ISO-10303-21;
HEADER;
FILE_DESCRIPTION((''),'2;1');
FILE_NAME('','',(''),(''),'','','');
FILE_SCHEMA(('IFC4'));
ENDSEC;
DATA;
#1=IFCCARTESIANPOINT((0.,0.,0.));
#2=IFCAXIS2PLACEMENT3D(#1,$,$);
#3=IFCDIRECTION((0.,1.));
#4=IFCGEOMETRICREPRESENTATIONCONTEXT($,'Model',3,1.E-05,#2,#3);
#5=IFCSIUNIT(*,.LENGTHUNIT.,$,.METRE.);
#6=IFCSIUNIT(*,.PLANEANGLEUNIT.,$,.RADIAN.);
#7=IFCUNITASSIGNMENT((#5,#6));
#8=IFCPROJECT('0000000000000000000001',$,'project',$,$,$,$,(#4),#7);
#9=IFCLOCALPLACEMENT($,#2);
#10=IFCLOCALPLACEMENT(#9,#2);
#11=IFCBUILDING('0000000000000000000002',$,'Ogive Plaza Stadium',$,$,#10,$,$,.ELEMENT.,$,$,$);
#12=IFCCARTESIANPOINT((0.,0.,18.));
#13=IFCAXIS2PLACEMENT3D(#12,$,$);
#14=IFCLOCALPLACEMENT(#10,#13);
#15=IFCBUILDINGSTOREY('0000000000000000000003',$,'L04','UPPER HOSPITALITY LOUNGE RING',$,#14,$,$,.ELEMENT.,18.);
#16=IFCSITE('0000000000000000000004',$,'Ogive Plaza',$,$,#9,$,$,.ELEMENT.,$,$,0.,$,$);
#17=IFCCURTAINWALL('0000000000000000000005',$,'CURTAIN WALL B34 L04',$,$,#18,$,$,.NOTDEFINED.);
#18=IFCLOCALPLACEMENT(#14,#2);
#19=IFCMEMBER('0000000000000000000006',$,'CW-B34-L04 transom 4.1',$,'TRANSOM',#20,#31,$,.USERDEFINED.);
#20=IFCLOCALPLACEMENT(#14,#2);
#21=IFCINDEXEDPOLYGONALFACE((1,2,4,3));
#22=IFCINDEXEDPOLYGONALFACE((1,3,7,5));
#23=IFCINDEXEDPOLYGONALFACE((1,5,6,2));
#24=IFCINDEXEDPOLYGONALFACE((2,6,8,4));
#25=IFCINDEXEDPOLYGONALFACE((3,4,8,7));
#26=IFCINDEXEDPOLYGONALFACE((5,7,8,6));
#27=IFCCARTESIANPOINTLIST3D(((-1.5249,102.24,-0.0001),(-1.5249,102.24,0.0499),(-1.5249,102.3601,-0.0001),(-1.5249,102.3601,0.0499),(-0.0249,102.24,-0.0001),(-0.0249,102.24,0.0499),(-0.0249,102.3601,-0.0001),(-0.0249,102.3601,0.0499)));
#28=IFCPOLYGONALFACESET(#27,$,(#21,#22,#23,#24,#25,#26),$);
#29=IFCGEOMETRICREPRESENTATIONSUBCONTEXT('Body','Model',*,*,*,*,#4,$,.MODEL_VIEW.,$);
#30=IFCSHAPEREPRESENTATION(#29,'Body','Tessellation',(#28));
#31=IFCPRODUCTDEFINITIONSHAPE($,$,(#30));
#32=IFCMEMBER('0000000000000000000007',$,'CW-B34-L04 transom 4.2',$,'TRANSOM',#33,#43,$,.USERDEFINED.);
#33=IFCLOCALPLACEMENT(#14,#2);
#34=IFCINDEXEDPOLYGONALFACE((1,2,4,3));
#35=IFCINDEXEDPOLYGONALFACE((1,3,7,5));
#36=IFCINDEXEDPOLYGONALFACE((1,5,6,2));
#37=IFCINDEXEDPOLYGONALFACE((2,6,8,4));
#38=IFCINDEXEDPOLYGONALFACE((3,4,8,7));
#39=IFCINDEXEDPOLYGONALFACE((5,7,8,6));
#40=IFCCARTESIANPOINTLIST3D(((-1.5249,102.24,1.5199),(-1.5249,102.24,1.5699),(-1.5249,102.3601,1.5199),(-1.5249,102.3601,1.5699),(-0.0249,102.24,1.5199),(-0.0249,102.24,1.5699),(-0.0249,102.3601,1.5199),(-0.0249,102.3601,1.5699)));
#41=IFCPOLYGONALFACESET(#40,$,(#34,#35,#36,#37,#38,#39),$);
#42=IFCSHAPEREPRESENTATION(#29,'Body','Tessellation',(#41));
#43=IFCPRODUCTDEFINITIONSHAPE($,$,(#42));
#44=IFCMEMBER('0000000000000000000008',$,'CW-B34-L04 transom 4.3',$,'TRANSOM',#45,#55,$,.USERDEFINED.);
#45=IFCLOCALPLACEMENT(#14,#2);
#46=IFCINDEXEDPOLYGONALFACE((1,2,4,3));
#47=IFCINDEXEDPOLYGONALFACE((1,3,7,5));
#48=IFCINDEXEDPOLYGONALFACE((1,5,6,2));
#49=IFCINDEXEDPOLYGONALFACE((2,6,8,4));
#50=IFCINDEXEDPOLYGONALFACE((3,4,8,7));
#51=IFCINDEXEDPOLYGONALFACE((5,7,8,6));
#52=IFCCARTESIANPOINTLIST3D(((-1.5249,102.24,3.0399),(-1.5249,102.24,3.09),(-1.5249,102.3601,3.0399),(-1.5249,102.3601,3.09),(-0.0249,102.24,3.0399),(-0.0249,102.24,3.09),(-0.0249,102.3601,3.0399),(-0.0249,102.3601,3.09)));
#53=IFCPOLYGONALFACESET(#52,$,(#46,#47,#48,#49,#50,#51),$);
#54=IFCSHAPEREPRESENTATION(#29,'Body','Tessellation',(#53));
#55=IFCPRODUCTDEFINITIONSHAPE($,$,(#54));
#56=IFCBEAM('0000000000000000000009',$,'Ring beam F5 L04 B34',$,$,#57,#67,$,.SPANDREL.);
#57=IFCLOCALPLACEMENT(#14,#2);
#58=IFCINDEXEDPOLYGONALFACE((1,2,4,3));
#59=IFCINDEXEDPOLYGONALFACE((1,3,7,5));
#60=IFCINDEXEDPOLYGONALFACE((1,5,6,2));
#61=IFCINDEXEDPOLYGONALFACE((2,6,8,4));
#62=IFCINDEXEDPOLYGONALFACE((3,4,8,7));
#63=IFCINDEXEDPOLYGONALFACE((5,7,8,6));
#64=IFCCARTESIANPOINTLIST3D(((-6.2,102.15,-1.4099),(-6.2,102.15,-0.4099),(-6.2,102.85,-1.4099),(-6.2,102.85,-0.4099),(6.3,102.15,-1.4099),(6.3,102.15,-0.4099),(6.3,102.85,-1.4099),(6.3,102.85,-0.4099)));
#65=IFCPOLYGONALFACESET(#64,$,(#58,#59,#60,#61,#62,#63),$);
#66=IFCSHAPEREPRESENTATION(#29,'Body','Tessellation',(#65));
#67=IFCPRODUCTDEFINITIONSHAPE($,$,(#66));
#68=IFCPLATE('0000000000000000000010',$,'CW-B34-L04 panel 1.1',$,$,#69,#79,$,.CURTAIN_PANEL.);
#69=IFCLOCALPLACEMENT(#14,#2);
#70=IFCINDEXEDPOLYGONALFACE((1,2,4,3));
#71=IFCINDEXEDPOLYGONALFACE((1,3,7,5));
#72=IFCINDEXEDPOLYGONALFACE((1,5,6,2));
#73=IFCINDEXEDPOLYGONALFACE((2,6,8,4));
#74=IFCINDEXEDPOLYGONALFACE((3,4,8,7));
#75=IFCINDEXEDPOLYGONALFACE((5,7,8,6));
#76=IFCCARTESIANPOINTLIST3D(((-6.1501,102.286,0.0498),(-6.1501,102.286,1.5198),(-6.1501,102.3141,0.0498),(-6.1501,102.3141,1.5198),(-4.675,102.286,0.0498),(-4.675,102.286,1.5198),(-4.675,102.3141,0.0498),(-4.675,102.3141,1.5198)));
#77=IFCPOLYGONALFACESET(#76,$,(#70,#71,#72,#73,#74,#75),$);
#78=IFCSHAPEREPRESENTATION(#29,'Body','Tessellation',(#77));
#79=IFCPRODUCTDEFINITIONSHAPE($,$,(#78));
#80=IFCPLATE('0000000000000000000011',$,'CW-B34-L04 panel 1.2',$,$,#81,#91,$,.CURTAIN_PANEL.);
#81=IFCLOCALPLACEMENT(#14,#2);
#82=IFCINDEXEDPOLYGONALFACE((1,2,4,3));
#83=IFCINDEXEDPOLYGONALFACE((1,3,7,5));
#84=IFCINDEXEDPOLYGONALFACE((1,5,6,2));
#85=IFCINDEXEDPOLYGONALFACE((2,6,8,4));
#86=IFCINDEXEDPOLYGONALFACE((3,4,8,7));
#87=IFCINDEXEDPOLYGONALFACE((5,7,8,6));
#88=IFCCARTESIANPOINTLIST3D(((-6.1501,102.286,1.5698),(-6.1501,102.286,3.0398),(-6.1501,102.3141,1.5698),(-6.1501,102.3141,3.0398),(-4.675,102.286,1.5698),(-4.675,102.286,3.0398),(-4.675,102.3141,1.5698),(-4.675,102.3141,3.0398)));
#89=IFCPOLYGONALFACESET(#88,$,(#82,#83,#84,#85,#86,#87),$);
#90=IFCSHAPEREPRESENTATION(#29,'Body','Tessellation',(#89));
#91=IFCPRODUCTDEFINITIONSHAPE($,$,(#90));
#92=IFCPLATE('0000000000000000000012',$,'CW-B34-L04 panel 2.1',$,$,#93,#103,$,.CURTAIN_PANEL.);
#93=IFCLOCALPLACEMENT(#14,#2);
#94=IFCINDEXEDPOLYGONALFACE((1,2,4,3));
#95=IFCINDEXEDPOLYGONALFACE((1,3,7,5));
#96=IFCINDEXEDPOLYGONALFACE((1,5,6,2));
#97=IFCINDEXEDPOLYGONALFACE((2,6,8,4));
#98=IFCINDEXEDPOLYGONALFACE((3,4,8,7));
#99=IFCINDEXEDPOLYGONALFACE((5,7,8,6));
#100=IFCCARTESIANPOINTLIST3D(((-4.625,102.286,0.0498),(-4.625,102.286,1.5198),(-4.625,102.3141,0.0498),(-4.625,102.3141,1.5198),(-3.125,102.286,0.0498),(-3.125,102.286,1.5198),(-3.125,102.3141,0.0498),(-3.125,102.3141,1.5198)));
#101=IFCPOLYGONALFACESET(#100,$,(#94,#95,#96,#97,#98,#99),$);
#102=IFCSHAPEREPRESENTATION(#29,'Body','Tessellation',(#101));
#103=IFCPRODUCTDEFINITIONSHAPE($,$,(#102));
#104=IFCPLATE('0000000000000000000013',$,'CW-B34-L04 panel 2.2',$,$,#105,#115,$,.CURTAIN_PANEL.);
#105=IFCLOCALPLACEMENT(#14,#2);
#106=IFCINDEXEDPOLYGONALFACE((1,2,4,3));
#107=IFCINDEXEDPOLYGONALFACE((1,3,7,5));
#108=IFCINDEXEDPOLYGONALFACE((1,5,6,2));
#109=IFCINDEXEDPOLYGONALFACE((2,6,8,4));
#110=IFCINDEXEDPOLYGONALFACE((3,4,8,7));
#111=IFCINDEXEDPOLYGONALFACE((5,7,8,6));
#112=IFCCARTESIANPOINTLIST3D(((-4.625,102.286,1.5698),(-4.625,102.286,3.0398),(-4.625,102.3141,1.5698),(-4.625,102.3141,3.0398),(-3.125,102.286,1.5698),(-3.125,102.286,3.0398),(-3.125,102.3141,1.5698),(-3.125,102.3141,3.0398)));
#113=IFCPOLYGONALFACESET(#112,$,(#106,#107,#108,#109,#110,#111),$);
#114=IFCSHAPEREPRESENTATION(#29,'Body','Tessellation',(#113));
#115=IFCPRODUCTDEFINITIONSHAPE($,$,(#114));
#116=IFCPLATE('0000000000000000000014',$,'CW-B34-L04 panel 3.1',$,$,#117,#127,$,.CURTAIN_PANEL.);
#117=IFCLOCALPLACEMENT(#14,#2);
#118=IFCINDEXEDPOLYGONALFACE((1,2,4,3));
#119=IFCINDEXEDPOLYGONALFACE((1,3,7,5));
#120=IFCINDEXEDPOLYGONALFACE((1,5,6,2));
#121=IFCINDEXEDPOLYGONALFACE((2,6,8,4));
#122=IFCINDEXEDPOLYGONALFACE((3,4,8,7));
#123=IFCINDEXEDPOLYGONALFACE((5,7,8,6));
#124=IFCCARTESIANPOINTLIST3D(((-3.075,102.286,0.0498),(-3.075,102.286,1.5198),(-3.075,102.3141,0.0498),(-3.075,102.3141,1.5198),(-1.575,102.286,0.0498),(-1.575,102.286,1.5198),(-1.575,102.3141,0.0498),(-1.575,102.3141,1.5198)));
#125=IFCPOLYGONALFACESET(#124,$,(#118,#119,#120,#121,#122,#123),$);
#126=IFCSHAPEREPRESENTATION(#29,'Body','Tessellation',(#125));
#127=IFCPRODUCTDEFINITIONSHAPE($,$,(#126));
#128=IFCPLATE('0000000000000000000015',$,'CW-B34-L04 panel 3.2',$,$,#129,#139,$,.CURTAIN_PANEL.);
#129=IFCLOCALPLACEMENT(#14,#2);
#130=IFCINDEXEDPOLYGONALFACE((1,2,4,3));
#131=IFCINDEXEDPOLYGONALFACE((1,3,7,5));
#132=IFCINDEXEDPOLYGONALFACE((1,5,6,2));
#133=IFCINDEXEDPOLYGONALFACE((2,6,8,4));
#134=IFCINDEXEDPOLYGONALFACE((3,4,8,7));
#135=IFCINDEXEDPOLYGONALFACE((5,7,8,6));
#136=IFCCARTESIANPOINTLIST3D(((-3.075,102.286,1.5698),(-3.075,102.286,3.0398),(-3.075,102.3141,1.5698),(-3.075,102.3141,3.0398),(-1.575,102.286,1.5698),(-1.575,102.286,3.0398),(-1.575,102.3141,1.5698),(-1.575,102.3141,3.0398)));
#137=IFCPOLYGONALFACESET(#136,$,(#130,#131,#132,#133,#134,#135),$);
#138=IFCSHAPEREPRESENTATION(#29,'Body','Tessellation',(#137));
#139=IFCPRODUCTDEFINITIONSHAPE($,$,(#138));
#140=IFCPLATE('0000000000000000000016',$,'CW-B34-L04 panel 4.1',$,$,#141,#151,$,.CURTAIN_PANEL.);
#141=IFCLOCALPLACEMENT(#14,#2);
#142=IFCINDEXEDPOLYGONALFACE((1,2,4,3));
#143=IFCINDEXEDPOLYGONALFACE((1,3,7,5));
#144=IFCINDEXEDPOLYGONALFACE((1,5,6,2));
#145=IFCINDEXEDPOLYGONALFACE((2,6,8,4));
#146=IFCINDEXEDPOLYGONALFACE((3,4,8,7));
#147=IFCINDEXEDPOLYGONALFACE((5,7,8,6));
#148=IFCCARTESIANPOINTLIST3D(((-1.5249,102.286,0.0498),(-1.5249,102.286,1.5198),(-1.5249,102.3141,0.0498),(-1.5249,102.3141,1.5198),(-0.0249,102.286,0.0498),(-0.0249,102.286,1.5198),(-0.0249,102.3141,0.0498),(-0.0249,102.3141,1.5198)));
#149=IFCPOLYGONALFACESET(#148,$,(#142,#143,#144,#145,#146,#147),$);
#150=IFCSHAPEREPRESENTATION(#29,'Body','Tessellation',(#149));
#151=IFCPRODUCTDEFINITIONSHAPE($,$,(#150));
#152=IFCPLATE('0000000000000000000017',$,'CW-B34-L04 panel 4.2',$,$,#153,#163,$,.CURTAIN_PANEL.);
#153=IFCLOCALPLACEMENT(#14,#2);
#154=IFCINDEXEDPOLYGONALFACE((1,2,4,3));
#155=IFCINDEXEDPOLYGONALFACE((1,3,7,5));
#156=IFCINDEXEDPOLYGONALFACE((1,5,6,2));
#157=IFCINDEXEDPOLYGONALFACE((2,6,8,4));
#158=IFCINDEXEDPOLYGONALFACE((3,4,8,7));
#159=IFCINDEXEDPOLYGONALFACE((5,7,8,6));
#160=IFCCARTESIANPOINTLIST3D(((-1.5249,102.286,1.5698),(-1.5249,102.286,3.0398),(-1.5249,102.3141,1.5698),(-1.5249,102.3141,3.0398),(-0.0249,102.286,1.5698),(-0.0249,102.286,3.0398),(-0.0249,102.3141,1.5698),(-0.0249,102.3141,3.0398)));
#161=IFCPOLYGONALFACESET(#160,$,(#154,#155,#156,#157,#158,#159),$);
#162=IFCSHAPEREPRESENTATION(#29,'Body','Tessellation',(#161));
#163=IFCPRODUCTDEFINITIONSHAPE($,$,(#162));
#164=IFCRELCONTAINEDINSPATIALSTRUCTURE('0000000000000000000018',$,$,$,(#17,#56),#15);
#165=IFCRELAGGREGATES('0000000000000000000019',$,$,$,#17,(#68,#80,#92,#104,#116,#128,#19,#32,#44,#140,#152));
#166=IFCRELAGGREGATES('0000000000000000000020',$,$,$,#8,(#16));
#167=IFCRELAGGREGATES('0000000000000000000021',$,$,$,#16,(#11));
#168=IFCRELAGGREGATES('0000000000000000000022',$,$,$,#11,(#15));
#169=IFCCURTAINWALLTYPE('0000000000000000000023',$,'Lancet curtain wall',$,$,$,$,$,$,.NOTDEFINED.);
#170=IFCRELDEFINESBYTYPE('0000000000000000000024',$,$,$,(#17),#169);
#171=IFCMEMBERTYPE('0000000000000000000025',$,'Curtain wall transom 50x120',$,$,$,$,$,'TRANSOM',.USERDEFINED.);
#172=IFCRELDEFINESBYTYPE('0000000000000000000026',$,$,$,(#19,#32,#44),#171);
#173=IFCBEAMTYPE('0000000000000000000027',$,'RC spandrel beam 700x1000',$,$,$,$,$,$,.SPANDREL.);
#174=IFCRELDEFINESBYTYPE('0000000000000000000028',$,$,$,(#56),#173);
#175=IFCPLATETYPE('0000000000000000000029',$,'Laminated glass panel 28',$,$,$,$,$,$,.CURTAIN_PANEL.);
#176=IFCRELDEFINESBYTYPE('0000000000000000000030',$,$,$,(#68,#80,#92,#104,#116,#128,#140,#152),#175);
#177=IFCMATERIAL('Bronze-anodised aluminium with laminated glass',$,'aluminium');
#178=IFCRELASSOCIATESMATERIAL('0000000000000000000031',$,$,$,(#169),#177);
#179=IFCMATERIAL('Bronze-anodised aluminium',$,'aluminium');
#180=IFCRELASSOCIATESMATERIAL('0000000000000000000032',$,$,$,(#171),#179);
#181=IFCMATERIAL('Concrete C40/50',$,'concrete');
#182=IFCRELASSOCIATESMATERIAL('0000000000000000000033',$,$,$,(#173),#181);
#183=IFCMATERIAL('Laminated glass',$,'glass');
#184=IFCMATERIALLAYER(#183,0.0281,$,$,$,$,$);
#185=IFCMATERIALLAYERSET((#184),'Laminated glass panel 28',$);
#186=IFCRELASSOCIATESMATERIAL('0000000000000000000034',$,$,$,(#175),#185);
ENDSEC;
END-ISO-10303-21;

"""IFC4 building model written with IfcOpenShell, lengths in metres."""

from ifc_helpers import new_model, si_unit, direction, frame, origin, origin_2d, place, context, subcontext, project, spatial, rectangle, extrude, material, layer, layer_set, material_profile, profile_set, type_object, element, aggregate, save


model = new_model("IFC4")

# Units and contexts
model_context = context("Model", 3, precision=1e-05, world=origin(), true_north=direction((0.0, 1.0)))
body_context = subcontext(model_context, "Body", "Model", "MODEL_VIEW")
ifc_project = project(units=[si_unit("LENGTHUNIT", "METRE"), si_unit("PLANEANGLEUNIT", "RADIAN")], contexts=[model_context])

# Site, building, storey
site_placement = place(None, origin())
site = spatial("IfcSite", under=ifc_project, at=site_placement, Name="Ogive Plaza", CompositionType="ELEMENT", RefElevation=0.0)
building_placement = place(site_placement, origin())
building = spatial("IfcBuilding", under=site, at=building_placement, Name="Ogive Plaza Stadium", CompositionType="ELEMENT")
storey_placement = place(building_placement, frame((0.0, 0.0, 18.0)))
storey = spatial("IfcBuildingStorey", under=building, at=storey_placement, Name="L04", Description="UPPER HOSPITALITY LOUNGE RING", CompositionType="ELEMENT", Elevation=18.0)

# Curtain wall, members
ifc_material_1 = material(Name="Bronze-anodised aluminium with laminated glass", Category="aluminium")
curtain_wall_type = type_object("IfcCurtainWallType", Name="Lancet curtain wall", PredefinedType="NOTDEFINED", material=ifc_material_1)
curtain_wall_placement = place(storey_placement, origin())
curtain_wall = element("IfcCurtainWall", 1, at=curtain_wall_placement, inside=storey, type_object=curtain_wall_type, Name="CURTAIN WALL B34 L04", PredefinedType="NOTDEFINED")
ifc_material_2 = material(Name="Bronze-anodised aluminium", Category="aluminium")
ifc_material_profile_1 = material_profile(ifc_material_2, rectangle(XDim=0.1201, YDim=0.05, at=origin_2d()), Name="AL 120x50")
ifc_profile_set_1 = profile_set([ifc_material_profile_1], Name="Bronze-anodised aluminium")
member_type_1 = type_object("IfcMemberType", Name="Curtain wall transom 50x120", ElementType="TRANSOM", PredefinedType="USERDEFINED", material=ifc_profile_set_1)
member_1_placement = place(storey_placement, frame((-1.5249, 102.3, 0.0249), z_axis=(1.0, 0.0, 0.0), x_axis=(0.0, 1.0, 0.0)))
member_1 = element("IfcMember", 2, at=member_1_placement, type_object=member_type_1, Name="CW-B34-L04 transom 4.1", ObjectType="TRANSOM", PredefinedType="USERDEFINED", context=body_context, shape_type="SweptSolid", body=[
    extrude(rectangle(XDim=0.1201, YDim=0.05, at=origin_2d()), origin(), (0.0, 0.0, 1.0), 1.5),
])
member_2_placement = place(storey_placement, frame((-1.5249, 102.3, 1.5449), z_axis=(1.0, 0.0, 0.0), x_axis=(0.0, 1.0, 0.0)))
member_2 = element("IfcMember", 3, at=member_2_placement, type_object=member_type_1, Name="CW-B34-L04 transom 4.2", ObjectType="TRANSOM", PredefinedType="USERDEFINED", context=body_context, shape_type="SweptSolid", body=[
    extrude(rectangle(XDim=0.1201, YDim=0.05, at=origin_2d()), origin(), (0.0, 0.0, 1.0), 1.5),
])
member_3_placement = place(storey_placement, frame((-1.5249, 102.3, 3.0649), z_axis=(1.0, 0.0, 0.0), x_axis=(0.0, 1.0, 0.0)))
member_3 = element("IfcMember", 4, at=member_3_placement, type_object=member_type_1, Name="CW-B34-L04 transom 4.3", ObjectType="TRANSOM", PredefinedType="USERDEFINED", context=body_context, shape_type="SweptSolid", body=[
    extrude(rectangle(XDim=0.1201, YDim=0.05, at=origin_2d()), origin(), (0.0, 0.0, 1.0), 1.5),
])

# Beam
ifc_material_3 = material(Name="Concrete C40/50", Category="concrete")
ifc_material_profile_2 = material_profile(ifc_material_3, rectangle(XDim=0.7, YDim=1.0, at=origin_2d()), Name="RC 700x1000")
ifc_profile_set_2 = profile_set([ifc_material_profile_2], Name="Concrete C40/50")
beam_type = type_object("IfcBeamType", Name="RC spandrel beam 700x1000", PredefinedType="SPANDREL", material=ifc_profile_set_2)
beam_placement = place(storey_placement, frame((-6.2, 102.5, -0.9099), z_axis=(1.0, 0.0, 0.0), x_axis=(0.0, 1.0, 0.0)))
element("IfcBeam", 5, at=beam_placement, inside=storey, type_object=beam_type, Name="Ring beam F5 L04 B34", PredefinedType="SPANDREL", context=body_context, shape_type="SweptSolid", body=[
    extrude(rectangle(XDim=0.7, YDim=1.0, at=origin_2d()), origin(), (0.0, 0.0, 1.0), 12.5),
])

# Plates
ifc_material_4 = material(Name="Laminated glass", Category="glass")
ifc_layer = layer(ifc_material_4, 0.0281)
ifc_layer_set = layer_set([ifc_layer], Name="Laminated glass panel 28")
plate_type = type_object("IfcPlateType", Name="Laminated glass panel 28", PredefinedType="CURTAIN_PANEL", material=ifc_layer_set)
plate_1_placement = place(storey_placement, frame((-5.4126, 102.3, 0.0498), z_axis=(0.0, 0.0, 1.0), x_axis=(1.0, 0.0, 0.0)))
plate_1 = element("IfcPlate", 6, at=plate_1_placement, type_object=plate_type, Name="CW-B34-L04 panel 1.1", PredefinedType="CURTAIN_PANEL", context=body_context, shape_type="SweptSolid", body=[
    extrude(rectangle(XDim=1.4751, YDim=0.0281, at=origin_2d()), origin(), (0.0, 0.0, 1.0), 1.47),
])
plate_2_placement = place(storey_placement, frame((-5.4126, 102.3, 1.5698), z_axis=(0.0, 0.0, 1.0), x_axis=(1.0, 0.0, 0.0)))
plate_2 = element("IfcPlate", 7, at=plate_2_placement, type_object=plate_type, Name="CW-B34-L04 panel 1.2", PredefinedType="CURTAIN_PANEL", context=body_context, shape_type="SweptSolid", body=[
    extrude(rectangle(XDim=1.4751, YDim=0.0281, at=origin_2d()), origin(), (0.0, 0.0, 1.0), 1.47),
])
plate_3_placement = place(storey_placement, frame((-3.875, 102.3, 0.0498), z_axis=(0.0, 0.0, 1.0), x_axis=(1.0, 0.0, 0.0)))
plate_3 = element("IfcPlate", 8, at=plate_3_placement, type_object=plate_type, Name="CW-B34-L04 panel 2.1", PredefinedType="CURTAIN_PANEL", context=body_context, shape_type="SweptSolid", body=[
    extrude(rectangle(XDim=1.5, YDim=0.0281, at=origin_2d()), origin(), (0.0, 0.0, 1.0), 1.47),
])
plate_4_placement = place(storey_placement, frame((-3.875, 102.3, 1.5698), z_axis=(0.0, 0.0, 1.0), x_axis=(1.0, 0.0, 0.0)))
plate_4 = element("IfcPlate", 9, at=plate_4_placement, type_object=plate_type, Name="CW-B34-L04 panel 2.2", PredefinedType="CURTAIN_PANEL", context=body_context, shape_type="SweptSolid", body=[
    extrude(rectangle(XDim=1.5, YDim=0.0281, at=origin_2d()), origin(), (0.0, 0.0, 1.0), 1.47),
])
plate_5_placement = place(storey_placement, frame((-2.325, 102.3, 0.0498), z_axis=(0.0, 0.0, 1.0), x_axis=(1.0, 0.0, 0.0)))
plate_5 = element("IfcPlate", 10, at=plate_5_placement, type_object=plate_type, Name="CW-B34-L04 panel 3.1", PredefinedType="CURTAIN_PANEL", context=body_context, shape_type="SweptSolid", body=[
    extrude(rectangle(XDim=1.5, YDim=0.0281, at=origin_2d()), origin(), (0.0, 0.0, 1.0), 1.47),
])
plate_6_placement = place(storey_placement, frame((-2.325, 102.3, 1.5698), z_axis=(0.0, 0.0, 1.0), x_axis=(1.0, 0.0, 0.0)))
plate_6 = element("IfcPlate", 11, at=plate_6_placement, type_object=plate_type, Name="CW-B34-L04 panel 3.2", PredefinedType="CURTAIN_PANEL", context=body_context, shape_type="SweptSolid", body=[
    extrude(rectangle(XDim=1.5, YDim=0.0281, at=origin_2d()), origin(), (0.0, 0.0, 1.0), 1.47),
])
plate_7_placement = place(storey_placement, frame((-0.7749, 102.3, 0.0498), z_axis=(0.0, 0.0, 1.0), x_axis=(1.0, 0.0, 0.0)))
plate_7 = element("IfcPlate", 12, at=plate_7_placement, type_object=plate_type, Name="CW-B34-L04 panel 4.1", PredefinedType="CURTAIN_PANEL", context=body_context, shape_type="SweptSolid", body=[
    extrude(rectangle(XDim=1.5, YDim=0.0281, at=origin_2d()), origin(), (0.0, 0.0, 1.0), 1.47),
])
plate_8_placement = place(storey_placement, frame((-0.7749, 102.3, 1.5698), z_axis=(0.0, 0.0, 1.0), x_axis=(1.0, 0.0, 0.0)))
plate_8 = element("IfcPlate", 13, at=plate_8_placement, type_object=plate_type, Name="CW-B34-L04 panel 4.2", PredefinedType="CURTAIN_PANEL", context=body_context, shape_type="SweptSolid", body=[
    extrude(rectangle(XDim=1.5, YDim=0.0281, at=origin_2d()), origin(), (0.0, 0.0, 1.0), 1.47),
])
aggregate(curtain_wall, [plate_1, plate_2, plate_3, plate_4, plate_5, plate_6, member_1, member_2, member_3, plate_7, plate_8])

save(model, "model.ifc")
